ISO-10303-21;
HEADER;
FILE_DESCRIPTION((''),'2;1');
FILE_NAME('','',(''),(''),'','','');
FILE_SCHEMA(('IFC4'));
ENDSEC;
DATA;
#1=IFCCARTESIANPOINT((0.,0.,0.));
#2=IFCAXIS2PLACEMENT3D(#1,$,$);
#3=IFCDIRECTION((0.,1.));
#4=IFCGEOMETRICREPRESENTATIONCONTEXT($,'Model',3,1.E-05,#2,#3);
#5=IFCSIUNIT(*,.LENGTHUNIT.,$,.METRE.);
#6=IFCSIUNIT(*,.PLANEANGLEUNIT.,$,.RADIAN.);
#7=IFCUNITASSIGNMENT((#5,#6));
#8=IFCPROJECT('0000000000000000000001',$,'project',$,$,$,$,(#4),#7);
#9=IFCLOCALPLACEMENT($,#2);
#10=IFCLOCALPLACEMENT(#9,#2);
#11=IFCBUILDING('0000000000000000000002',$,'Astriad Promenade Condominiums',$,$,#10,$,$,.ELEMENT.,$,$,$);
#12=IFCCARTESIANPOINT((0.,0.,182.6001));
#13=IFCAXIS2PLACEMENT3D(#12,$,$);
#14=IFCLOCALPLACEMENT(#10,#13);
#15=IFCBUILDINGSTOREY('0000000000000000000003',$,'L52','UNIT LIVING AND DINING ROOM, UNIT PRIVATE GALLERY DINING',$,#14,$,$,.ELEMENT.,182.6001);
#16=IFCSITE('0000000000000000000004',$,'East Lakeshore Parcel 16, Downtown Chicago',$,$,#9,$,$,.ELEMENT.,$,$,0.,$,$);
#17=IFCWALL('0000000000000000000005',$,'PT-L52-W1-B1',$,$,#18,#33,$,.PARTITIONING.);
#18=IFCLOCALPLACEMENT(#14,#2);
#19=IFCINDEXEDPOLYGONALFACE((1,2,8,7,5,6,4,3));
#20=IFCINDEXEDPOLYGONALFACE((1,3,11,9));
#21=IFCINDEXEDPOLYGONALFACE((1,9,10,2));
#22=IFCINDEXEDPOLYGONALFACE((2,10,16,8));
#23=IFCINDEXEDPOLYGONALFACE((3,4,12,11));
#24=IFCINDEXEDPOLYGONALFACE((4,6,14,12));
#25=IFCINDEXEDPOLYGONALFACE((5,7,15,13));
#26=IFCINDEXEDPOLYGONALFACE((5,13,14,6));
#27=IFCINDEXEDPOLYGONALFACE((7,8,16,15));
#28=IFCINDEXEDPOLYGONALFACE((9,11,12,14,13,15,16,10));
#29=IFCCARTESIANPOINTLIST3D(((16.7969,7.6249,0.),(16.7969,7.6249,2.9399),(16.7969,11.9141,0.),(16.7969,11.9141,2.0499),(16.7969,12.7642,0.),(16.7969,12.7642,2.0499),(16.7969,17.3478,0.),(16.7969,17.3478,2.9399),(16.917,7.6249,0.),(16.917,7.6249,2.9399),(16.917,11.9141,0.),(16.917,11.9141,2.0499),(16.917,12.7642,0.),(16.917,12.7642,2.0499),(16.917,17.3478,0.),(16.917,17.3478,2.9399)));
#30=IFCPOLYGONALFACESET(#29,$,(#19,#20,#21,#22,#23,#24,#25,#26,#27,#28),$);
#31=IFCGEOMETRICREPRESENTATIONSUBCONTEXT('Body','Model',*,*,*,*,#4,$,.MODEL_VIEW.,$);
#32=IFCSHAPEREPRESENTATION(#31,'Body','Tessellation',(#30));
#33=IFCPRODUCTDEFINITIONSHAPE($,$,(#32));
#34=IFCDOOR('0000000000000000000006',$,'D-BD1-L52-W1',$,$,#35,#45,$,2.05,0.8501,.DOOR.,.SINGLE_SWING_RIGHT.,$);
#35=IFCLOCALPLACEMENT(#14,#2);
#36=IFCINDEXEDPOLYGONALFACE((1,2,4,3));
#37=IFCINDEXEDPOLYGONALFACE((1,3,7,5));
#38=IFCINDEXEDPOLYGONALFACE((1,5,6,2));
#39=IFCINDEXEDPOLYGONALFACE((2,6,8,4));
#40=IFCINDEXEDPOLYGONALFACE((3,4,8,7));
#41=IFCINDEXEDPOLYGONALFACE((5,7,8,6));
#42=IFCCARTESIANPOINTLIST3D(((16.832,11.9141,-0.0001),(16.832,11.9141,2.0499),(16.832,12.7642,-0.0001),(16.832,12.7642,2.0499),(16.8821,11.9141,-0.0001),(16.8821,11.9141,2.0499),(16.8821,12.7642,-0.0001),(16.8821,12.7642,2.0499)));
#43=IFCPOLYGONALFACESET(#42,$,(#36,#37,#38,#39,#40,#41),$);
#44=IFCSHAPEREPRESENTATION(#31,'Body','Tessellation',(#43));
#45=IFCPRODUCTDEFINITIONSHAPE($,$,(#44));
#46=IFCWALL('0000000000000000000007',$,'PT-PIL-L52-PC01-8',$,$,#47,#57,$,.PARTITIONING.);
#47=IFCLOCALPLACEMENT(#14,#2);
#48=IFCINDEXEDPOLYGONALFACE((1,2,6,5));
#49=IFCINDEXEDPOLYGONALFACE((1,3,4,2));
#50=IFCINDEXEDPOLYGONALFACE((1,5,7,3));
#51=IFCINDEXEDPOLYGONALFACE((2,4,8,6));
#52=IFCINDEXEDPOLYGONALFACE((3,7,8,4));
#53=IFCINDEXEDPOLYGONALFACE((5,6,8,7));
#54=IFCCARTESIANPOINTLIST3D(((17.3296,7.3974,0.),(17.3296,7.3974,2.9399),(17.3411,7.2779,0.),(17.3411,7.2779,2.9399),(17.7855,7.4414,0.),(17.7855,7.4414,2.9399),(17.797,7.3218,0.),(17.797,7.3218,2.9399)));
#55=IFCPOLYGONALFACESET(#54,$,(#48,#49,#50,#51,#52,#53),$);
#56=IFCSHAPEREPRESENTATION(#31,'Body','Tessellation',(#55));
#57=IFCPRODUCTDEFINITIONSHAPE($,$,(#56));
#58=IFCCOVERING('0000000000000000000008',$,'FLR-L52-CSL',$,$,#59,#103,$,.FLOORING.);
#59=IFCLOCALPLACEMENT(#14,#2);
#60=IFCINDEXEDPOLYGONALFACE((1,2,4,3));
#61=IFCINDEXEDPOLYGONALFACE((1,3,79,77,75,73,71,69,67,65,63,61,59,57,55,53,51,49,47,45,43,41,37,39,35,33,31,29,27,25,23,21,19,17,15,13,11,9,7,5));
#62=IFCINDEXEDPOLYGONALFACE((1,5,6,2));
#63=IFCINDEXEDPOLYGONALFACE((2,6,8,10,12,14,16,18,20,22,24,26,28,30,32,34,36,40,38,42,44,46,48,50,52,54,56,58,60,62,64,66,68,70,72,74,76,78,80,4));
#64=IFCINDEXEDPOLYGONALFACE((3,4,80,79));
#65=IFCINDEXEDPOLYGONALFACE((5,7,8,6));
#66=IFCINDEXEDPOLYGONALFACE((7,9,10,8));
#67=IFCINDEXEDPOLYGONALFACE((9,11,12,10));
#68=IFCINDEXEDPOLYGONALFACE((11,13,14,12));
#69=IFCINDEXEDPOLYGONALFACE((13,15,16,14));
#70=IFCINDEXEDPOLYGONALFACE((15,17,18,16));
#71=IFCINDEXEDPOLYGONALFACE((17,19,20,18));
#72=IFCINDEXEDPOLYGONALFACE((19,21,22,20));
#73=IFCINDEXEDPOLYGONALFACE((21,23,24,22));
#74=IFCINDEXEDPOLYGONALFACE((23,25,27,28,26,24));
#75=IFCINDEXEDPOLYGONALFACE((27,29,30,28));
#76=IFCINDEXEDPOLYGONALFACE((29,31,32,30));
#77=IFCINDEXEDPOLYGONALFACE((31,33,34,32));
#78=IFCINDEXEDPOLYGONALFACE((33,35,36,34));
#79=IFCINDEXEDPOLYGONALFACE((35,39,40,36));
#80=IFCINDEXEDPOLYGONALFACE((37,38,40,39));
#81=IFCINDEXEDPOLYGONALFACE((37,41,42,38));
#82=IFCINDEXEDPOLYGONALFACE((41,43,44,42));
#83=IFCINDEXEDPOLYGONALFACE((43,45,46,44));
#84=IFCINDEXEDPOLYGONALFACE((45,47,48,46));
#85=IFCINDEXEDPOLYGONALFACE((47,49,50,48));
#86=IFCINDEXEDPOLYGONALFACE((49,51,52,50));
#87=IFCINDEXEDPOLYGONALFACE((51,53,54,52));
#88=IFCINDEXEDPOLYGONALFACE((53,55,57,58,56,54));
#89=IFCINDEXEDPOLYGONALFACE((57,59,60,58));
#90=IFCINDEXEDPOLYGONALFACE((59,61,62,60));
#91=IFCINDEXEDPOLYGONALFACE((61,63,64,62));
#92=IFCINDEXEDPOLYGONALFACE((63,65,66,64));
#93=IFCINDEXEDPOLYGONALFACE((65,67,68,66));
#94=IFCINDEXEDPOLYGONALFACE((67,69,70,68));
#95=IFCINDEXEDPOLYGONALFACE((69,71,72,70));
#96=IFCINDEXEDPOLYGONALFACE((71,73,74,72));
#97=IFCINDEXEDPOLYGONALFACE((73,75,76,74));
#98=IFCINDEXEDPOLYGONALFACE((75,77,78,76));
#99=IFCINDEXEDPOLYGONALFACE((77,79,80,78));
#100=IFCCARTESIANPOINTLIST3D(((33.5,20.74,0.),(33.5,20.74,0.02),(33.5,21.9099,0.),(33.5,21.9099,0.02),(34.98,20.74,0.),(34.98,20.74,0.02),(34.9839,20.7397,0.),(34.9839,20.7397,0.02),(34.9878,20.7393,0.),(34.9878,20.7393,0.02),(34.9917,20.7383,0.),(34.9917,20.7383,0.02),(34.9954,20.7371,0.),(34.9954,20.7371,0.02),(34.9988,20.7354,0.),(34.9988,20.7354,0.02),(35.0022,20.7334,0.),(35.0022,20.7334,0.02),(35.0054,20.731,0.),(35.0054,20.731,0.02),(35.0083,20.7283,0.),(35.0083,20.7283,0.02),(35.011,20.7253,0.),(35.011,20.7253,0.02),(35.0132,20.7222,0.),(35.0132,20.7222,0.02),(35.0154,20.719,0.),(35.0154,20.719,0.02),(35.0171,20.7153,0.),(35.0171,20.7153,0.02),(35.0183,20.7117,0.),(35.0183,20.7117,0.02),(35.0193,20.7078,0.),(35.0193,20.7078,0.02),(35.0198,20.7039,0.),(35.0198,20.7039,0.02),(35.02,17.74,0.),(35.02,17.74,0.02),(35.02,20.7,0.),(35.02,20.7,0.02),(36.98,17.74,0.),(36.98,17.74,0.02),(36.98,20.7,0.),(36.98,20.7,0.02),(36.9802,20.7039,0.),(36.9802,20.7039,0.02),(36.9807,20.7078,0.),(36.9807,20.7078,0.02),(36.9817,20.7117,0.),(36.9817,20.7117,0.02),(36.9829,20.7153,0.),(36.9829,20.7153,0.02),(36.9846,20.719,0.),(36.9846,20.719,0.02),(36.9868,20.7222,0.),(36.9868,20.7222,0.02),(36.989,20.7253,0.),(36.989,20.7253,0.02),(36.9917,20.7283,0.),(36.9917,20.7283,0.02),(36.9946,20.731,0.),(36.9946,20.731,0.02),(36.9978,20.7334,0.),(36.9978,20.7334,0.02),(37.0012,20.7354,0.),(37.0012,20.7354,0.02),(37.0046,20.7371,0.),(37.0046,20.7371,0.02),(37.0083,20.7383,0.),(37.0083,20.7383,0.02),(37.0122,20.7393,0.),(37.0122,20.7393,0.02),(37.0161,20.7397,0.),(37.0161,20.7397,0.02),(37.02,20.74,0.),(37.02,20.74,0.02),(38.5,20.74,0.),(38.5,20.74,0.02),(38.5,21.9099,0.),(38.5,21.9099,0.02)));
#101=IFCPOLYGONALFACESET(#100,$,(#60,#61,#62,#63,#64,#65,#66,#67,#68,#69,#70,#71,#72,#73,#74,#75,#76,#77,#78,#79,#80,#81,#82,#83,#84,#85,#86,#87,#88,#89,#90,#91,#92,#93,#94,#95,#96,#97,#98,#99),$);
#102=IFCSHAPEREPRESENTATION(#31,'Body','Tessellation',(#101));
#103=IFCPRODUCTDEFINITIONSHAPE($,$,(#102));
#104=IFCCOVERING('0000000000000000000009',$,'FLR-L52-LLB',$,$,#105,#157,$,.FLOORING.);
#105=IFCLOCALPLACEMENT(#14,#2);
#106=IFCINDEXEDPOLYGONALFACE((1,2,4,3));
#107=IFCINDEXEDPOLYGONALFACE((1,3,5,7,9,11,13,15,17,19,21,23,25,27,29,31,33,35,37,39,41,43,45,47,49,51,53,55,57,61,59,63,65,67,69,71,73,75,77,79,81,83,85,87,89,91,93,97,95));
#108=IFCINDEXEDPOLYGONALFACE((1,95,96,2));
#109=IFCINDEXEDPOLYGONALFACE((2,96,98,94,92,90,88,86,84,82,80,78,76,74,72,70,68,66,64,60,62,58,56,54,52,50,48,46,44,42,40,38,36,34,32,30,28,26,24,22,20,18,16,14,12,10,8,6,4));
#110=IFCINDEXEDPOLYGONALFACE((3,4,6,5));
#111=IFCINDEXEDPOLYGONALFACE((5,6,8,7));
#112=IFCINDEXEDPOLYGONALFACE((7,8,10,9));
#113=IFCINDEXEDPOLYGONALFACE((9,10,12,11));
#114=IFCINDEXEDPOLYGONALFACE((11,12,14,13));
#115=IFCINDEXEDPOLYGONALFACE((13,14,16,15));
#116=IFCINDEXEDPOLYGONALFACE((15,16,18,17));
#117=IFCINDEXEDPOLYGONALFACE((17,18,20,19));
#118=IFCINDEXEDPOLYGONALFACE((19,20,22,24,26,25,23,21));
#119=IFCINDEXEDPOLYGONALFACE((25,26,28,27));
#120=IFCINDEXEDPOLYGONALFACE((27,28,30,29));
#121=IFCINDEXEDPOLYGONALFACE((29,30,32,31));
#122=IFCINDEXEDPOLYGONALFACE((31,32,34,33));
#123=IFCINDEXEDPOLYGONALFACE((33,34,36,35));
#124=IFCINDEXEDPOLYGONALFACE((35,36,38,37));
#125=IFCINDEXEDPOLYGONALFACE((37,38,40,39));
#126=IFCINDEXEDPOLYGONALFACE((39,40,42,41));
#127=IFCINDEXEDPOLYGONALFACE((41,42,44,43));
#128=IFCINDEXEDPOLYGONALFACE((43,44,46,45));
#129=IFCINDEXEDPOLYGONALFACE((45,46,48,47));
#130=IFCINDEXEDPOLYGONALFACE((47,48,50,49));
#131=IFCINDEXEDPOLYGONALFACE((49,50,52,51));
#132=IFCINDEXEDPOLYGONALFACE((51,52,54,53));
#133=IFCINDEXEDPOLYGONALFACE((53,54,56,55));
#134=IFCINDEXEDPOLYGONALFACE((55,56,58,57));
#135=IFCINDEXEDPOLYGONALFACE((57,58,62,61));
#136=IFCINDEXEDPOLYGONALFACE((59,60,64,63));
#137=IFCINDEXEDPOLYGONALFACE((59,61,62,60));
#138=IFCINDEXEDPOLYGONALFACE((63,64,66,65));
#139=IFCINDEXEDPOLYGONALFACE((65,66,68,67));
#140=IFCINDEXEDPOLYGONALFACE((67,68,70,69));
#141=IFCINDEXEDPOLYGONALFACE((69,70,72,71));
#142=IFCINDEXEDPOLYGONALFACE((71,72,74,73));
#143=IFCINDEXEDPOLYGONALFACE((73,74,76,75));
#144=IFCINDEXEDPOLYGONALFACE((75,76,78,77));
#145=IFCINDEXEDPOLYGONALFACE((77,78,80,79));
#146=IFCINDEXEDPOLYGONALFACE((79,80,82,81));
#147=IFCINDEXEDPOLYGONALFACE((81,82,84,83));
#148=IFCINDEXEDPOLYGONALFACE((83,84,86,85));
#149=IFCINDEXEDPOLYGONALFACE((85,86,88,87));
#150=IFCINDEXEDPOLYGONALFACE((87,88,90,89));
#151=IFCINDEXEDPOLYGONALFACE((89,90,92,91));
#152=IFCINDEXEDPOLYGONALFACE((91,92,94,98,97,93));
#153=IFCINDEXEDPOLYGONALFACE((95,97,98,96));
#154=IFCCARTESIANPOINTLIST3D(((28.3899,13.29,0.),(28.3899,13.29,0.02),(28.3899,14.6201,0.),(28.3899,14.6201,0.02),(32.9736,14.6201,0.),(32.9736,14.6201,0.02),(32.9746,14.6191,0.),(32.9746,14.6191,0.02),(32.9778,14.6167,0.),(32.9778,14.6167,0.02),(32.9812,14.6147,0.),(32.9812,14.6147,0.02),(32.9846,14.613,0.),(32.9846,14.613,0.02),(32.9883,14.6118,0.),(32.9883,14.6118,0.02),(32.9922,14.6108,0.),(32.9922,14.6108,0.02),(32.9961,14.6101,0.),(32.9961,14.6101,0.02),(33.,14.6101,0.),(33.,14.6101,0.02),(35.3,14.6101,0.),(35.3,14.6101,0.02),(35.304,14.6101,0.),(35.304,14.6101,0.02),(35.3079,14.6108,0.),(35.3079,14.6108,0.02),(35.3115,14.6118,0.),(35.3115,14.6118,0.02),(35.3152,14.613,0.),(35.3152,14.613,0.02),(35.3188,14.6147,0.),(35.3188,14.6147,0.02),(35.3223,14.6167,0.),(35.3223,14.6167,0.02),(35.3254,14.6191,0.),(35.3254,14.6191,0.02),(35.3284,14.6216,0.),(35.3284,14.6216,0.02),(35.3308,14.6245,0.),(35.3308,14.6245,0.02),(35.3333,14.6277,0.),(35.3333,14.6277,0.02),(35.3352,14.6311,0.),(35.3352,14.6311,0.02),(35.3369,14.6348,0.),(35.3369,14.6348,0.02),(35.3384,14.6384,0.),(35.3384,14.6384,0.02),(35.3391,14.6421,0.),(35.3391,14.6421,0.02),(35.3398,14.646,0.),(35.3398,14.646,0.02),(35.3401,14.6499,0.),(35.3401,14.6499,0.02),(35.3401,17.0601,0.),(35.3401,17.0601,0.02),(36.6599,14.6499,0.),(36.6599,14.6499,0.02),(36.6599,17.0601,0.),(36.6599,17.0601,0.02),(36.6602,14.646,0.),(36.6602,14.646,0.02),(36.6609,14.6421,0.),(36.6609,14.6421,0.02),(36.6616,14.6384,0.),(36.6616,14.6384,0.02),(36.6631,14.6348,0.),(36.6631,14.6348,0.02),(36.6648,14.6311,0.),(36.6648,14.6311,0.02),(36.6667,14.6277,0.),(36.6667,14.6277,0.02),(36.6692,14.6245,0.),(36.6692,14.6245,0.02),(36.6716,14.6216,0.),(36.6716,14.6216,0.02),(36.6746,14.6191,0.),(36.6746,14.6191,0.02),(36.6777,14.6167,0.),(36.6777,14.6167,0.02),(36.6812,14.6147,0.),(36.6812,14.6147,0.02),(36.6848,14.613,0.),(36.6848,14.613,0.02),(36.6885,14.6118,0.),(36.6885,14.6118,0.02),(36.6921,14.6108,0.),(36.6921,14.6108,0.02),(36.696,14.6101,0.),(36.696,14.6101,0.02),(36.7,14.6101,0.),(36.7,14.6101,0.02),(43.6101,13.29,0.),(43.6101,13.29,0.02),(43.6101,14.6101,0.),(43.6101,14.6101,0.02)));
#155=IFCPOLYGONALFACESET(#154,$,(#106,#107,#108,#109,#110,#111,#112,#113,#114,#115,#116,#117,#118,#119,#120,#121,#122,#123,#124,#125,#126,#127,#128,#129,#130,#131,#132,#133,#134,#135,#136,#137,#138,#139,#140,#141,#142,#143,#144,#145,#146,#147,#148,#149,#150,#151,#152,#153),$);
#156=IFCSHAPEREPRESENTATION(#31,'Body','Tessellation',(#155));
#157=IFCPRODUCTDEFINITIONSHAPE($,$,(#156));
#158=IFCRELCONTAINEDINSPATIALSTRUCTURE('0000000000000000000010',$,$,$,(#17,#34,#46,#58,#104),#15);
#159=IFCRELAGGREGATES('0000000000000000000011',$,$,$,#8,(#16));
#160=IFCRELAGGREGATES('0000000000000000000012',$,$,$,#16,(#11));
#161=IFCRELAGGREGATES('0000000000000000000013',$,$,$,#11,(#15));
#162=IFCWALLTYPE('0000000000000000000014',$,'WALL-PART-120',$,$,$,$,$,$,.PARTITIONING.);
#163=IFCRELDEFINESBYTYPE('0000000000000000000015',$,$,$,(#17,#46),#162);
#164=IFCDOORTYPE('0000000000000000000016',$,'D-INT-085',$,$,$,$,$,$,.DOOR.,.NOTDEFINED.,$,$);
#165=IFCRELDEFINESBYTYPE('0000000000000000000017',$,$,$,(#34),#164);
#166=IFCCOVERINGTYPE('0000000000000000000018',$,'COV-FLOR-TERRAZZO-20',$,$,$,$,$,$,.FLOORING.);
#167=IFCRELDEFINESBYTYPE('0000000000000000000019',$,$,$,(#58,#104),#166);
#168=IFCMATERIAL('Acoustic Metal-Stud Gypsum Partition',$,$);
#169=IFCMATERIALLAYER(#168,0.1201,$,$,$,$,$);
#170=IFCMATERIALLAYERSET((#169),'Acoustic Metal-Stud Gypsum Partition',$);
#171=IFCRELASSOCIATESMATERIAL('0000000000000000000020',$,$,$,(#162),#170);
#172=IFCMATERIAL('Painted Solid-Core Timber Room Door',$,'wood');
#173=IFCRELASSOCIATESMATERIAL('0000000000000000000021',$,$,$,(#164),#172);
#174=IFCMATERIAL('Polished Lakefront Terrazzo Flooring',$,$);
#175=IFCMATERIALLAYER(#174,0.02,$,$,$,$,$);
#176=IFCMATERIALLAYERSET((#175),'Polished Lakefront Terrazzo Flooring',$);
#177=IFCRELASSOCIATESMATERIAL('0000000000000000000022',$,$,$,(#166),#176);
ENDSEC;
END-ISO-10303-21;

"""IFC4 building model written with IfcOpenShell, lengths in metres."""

from ifc_helpers import new_model, si_unit, direction, frame, frame_2d, origin, place, context, subcontext, project, spatial, polyline, rectangle, outline, extrude, source, transform, mapped, material, layer, layer_set, type_object, type_shapes, element, fill, save


model = new_model("IFC4")

# Units and contexts
model_context = context("Model", 3, precision=1e-05, world=origin(), true_north=direction((0.0, 1.0)))
body_context = subcontext(model_context, "Body", "Model", "MODEL_VIEW")
ifc_project = project(units=[si_unit("LENGTHUNIT", "METRE"), si_unit("PLANEANGLEUNIT", "RADIAN")], contexts=[model_context])

# Site, building, storey
site_placement = place(None, origin())
site = spatial("IfcSite", under=ifc_project, at=site_placement, Name="East Lakeshore Parcel 16, Downtown Chicago", CompositionType="ELEMENT", RefElevation=0.0)
building_placement = place(site_placement, origin())
building = spatial("IfcBuilding", under=site, at=building_placement, Name="Astriad Promenade Condominiums", CompositionType="ELEMENT")
storey_placement = place(building_placement, frame((0.0, 0.0, 182.6001)))
storey = spatial("IfcBuildingStorey", under=building, at=storey_placement, Name="L52", Description="UNIT LIVING AND DINING ROOM, UNIT PRIVATE GALLERY DINING", CompositionType="ELEMENT", Elevation=182.6001)

# Shared definitions
ifc_material_1 = material(Name="Acoustic Metal-Stud Gypsum Partition")
ifc_layer_1 = layer(ifc_material_1, 0.1201)
ifc_layer_set_1 = layer_set([ifc_layer_1], Name="Acoustic Metal-Stud Gypsum Partition")
wall_type_1 = type_object("IfcWallType", Name="WALL-PART-120", PredefinedType="PARTITIONING", material=ifc_layer_set_1)

# Shared definitions
ifc_material_2 = material(Name="Painted Solid-Core Timber Room Door", Category="wood")
door_type_1 = type_object("IfcDoorType", Name="D-INT-085", OperationType="NOTDEFINED", PredefinedType="DOOR", material=ifc_material_2)
shared_shape_1 = source(origin(), body_context, "Body", "SweptSolid", [
    extrude(rectangle(XDim=0.8501, YDim=2.05, at=frame_2d((0.425, 1.0249))), frame((0.0, 0.0249, 0.0), z_axis=(0.0, -1.0, 0.0), x_axis=(1.0, 0.0, 0.0)), (0.0, 0.0, 1.0), 0.05),
])
type_shapes(door_type_1, [shared_shape_1])

# Wall, opening, door
wall_1_placement = place(storey_placement, frame((16.8569, 7.625, 0.0), z_axis=(0.0, 0.0, 1.0), x_axis=(0.0, 1.0, 0.0)))
wall_1 = element("IfcWall", 1, at=wall_1_placement, inside=storey, type_object=wall_type_1, Name="PT-L52-W1-B1", PredefinedType="PARTITIONING", context=body_context, shape_type="SweptSolid", body=[
    extrude(rectangle(XDim=9.7229, YDim=0.1201, at=frame_2d((4.8613, 0.0))), origin(), (0.0, 0.0, 1.0), 2.9399),
])
opening_1_placement = place(wall_1_placement, frame((4.2891, 0.0, 0.0)))
opening_1 = element("IfcOpeningElement", 2, at=opening_1_placement, cuts=wall_1, PredefinedType="OPENING", context=body_context, shape_type="SweptSolid", body=[
    extrude(rectangle(XDim=0.8501, YDim=2.05, at=frame_2d((0.425, 1.0249))), frame((0.0, 0.0701, 0.0), z_axis=(0.0, -1.0, 0.0), x_axis=(1.0, 0.0, 0.0)), (0.0, 0.0, 1.0), 0.1401),
])
door_1_placement = place(opening_1_placement, origin())
door_1 = element("IfcDoor", 3, at=door_1_placement, inside=storey, type_object=door_type_1, Name="D-BD1-L52-W1", OperationType="SINGLE_SWING_RIGHT", OverallHeight=2.05, OverallWidth=0.8501, PredefinedType="DOOR", context=body_context, shape_type="MappedRepresentation", body=[
    mapped(shared_shape_1, transform((0.0, 0.0, 0.0), scale=1.0)),
])
fill(opening_1, door_1)

# Wall
wall_2_placement = place(storey_placement, frame((17.7913, 7.3816, 0.0), z_axis=(0.0, 0.0, 1.0), x_axis=(-0.995385, -0.095966, 0.0)))
element("IfcWall", 4, at=wall_2_placement, inside=storey, type_object=wall_type_1, Name="PT-PIL-L52-PC01-8", PredefinedType="PARTITIONING", context=body_context, shape_type="SweptSolid", body=[
    extrude(rectangle(XDim=0.458, YDim=0.1201, at=frame_2d((0.229, 0.0))), origin(), (0.0, 0.0, 1.0), 2.9399),
])

# Coverings
ifc_material_3 = material(Name="Polished Lakefront Terrazzo Flooring")
ifc_layer_2 = layer(ifc_material_3, 0.02)
ifc_layer_set_2 = layer_set([ifc_layer_2], Name="Polished Lakefront Terrazzo Flooring")
covering_type = type_object("IfcCoveringType", Name="COV-FLOR-TERRAZZO-20", PredefinedType="FLOORING", material=ifc_layer_set_2)
covering_1_placement = place(storey_placement, origin())
element("IfcCovering", 5, at=covering_1_placement, inside=storey, type_object=covering_type, Name="FLR-L52-CSL", PredefinedType="FLOORING", context=body_context, shape_type="SweptSolid", body=[
    extrude(outline(polyline([(36.98, 20.7), (36.98, 17.74), (35.02, 17.74), (35.02, 20.7), (35.0198, 20.7039), (35.0193, 20.7078), (35.0183, 20.7117), (35.0171, 20.7153), (35.0154, 20.719), (35.0132, 20.7222), (35.011, 20.7253), (35.0083, 20.7283), (35.0054, 20.731), (35.0022, 20.7334), (34.9988, 20.7354), (34.9954, 20.7371), (34.9917, 20.7383), (34.9878, 20.7393), (34.9839, 20.7397), (34.98, 20.74), (33.5, 20.74), (33.5, 21.9099), (38.5, 21.9099), (38.5, 20.74), (37.02, 20.74), (37.0161, 20.7397), (37.0122, 20.7393), (37.0083, 20.7383), (37.0046, 20.7371), (37.0012, 20.7354), (36.9978, 20.7334), (36.9946, 20.731), (36.9917, 20.7283), (36.989, 20.7253), (36.9868, 20.7222), (36.9846, 20.719), (36.9829, 20.7153), (36.9817, 20.7117), (36.9807, 20.7078), (36.9802, 20.7039), (36.98, 20.7)])), origin(), (0.0, 0.0, 1.0), 0.02),
])
covering_2_placement = place(storey_placement, origin())
element("IfcCovering", 6, at=covering_2_placement, inside=storey, type_object=covering_type, Name="FLR-L52-LLB", PredefinedType="FLOORING", context=body_context, shape_type="SweptSolid", body=[
    extrude(outline(polyline([(32.9736, 14.6201), (32.9746, 14.6191), (32.9778, 14.6167), (32.9812, 14.6147), (32.9846, 14.613), (32.9883, 14.6118), (32.9922, 14.6108), (32.9961, 14.6101), (33.0, 14.6101), (35.3, 14.6101), (35.304, 14.6101), (35.3079, 14.6108), (35.3115, 14.6118), (35.3152, 14.613), (35.3188, 14.6147), (35.3223, 14.6167), (35.3254, 14.6191), (35.3284, 14.6216), (35.3308, 14.6245), (35.3333, 14.6277), (35.3352, 14.6311), (35.3369, 14.6348), (35.3384, 14.6384), (35.3391, 14.6421), (35.3398, 14.646), (35.3401, 14.6499), (35.3401, 17.0601), (36.6599, 17.0601), (36.6599, 14.6499), (36.6602, 14.646), (36.6609, 14.6421), (36.6616, 14.6384), (36.6631, 14.6348), (36.6648, 14.6311), (36.6667, 14.6277), (36.6692, 14.6245), (36.6716, 14.6216), (36.6746, 14.6191), (36.6777, 14.6167), (36.6812, 14.6147), (36.6848, 14.613), (36.6885, 14.6118), (36.6921, 14.6108), (36.696, 14.6101), (36.7, 14.6101), (43.6101, 14.6101), (43.6101, 13.29), (28.3899, 13.29), (28.3899, 14.6201), (32.9736, 14.6201)])), origin(), (0.0, 0.0, 1.0), 0.02),
])

save(model, "model.ifc")
